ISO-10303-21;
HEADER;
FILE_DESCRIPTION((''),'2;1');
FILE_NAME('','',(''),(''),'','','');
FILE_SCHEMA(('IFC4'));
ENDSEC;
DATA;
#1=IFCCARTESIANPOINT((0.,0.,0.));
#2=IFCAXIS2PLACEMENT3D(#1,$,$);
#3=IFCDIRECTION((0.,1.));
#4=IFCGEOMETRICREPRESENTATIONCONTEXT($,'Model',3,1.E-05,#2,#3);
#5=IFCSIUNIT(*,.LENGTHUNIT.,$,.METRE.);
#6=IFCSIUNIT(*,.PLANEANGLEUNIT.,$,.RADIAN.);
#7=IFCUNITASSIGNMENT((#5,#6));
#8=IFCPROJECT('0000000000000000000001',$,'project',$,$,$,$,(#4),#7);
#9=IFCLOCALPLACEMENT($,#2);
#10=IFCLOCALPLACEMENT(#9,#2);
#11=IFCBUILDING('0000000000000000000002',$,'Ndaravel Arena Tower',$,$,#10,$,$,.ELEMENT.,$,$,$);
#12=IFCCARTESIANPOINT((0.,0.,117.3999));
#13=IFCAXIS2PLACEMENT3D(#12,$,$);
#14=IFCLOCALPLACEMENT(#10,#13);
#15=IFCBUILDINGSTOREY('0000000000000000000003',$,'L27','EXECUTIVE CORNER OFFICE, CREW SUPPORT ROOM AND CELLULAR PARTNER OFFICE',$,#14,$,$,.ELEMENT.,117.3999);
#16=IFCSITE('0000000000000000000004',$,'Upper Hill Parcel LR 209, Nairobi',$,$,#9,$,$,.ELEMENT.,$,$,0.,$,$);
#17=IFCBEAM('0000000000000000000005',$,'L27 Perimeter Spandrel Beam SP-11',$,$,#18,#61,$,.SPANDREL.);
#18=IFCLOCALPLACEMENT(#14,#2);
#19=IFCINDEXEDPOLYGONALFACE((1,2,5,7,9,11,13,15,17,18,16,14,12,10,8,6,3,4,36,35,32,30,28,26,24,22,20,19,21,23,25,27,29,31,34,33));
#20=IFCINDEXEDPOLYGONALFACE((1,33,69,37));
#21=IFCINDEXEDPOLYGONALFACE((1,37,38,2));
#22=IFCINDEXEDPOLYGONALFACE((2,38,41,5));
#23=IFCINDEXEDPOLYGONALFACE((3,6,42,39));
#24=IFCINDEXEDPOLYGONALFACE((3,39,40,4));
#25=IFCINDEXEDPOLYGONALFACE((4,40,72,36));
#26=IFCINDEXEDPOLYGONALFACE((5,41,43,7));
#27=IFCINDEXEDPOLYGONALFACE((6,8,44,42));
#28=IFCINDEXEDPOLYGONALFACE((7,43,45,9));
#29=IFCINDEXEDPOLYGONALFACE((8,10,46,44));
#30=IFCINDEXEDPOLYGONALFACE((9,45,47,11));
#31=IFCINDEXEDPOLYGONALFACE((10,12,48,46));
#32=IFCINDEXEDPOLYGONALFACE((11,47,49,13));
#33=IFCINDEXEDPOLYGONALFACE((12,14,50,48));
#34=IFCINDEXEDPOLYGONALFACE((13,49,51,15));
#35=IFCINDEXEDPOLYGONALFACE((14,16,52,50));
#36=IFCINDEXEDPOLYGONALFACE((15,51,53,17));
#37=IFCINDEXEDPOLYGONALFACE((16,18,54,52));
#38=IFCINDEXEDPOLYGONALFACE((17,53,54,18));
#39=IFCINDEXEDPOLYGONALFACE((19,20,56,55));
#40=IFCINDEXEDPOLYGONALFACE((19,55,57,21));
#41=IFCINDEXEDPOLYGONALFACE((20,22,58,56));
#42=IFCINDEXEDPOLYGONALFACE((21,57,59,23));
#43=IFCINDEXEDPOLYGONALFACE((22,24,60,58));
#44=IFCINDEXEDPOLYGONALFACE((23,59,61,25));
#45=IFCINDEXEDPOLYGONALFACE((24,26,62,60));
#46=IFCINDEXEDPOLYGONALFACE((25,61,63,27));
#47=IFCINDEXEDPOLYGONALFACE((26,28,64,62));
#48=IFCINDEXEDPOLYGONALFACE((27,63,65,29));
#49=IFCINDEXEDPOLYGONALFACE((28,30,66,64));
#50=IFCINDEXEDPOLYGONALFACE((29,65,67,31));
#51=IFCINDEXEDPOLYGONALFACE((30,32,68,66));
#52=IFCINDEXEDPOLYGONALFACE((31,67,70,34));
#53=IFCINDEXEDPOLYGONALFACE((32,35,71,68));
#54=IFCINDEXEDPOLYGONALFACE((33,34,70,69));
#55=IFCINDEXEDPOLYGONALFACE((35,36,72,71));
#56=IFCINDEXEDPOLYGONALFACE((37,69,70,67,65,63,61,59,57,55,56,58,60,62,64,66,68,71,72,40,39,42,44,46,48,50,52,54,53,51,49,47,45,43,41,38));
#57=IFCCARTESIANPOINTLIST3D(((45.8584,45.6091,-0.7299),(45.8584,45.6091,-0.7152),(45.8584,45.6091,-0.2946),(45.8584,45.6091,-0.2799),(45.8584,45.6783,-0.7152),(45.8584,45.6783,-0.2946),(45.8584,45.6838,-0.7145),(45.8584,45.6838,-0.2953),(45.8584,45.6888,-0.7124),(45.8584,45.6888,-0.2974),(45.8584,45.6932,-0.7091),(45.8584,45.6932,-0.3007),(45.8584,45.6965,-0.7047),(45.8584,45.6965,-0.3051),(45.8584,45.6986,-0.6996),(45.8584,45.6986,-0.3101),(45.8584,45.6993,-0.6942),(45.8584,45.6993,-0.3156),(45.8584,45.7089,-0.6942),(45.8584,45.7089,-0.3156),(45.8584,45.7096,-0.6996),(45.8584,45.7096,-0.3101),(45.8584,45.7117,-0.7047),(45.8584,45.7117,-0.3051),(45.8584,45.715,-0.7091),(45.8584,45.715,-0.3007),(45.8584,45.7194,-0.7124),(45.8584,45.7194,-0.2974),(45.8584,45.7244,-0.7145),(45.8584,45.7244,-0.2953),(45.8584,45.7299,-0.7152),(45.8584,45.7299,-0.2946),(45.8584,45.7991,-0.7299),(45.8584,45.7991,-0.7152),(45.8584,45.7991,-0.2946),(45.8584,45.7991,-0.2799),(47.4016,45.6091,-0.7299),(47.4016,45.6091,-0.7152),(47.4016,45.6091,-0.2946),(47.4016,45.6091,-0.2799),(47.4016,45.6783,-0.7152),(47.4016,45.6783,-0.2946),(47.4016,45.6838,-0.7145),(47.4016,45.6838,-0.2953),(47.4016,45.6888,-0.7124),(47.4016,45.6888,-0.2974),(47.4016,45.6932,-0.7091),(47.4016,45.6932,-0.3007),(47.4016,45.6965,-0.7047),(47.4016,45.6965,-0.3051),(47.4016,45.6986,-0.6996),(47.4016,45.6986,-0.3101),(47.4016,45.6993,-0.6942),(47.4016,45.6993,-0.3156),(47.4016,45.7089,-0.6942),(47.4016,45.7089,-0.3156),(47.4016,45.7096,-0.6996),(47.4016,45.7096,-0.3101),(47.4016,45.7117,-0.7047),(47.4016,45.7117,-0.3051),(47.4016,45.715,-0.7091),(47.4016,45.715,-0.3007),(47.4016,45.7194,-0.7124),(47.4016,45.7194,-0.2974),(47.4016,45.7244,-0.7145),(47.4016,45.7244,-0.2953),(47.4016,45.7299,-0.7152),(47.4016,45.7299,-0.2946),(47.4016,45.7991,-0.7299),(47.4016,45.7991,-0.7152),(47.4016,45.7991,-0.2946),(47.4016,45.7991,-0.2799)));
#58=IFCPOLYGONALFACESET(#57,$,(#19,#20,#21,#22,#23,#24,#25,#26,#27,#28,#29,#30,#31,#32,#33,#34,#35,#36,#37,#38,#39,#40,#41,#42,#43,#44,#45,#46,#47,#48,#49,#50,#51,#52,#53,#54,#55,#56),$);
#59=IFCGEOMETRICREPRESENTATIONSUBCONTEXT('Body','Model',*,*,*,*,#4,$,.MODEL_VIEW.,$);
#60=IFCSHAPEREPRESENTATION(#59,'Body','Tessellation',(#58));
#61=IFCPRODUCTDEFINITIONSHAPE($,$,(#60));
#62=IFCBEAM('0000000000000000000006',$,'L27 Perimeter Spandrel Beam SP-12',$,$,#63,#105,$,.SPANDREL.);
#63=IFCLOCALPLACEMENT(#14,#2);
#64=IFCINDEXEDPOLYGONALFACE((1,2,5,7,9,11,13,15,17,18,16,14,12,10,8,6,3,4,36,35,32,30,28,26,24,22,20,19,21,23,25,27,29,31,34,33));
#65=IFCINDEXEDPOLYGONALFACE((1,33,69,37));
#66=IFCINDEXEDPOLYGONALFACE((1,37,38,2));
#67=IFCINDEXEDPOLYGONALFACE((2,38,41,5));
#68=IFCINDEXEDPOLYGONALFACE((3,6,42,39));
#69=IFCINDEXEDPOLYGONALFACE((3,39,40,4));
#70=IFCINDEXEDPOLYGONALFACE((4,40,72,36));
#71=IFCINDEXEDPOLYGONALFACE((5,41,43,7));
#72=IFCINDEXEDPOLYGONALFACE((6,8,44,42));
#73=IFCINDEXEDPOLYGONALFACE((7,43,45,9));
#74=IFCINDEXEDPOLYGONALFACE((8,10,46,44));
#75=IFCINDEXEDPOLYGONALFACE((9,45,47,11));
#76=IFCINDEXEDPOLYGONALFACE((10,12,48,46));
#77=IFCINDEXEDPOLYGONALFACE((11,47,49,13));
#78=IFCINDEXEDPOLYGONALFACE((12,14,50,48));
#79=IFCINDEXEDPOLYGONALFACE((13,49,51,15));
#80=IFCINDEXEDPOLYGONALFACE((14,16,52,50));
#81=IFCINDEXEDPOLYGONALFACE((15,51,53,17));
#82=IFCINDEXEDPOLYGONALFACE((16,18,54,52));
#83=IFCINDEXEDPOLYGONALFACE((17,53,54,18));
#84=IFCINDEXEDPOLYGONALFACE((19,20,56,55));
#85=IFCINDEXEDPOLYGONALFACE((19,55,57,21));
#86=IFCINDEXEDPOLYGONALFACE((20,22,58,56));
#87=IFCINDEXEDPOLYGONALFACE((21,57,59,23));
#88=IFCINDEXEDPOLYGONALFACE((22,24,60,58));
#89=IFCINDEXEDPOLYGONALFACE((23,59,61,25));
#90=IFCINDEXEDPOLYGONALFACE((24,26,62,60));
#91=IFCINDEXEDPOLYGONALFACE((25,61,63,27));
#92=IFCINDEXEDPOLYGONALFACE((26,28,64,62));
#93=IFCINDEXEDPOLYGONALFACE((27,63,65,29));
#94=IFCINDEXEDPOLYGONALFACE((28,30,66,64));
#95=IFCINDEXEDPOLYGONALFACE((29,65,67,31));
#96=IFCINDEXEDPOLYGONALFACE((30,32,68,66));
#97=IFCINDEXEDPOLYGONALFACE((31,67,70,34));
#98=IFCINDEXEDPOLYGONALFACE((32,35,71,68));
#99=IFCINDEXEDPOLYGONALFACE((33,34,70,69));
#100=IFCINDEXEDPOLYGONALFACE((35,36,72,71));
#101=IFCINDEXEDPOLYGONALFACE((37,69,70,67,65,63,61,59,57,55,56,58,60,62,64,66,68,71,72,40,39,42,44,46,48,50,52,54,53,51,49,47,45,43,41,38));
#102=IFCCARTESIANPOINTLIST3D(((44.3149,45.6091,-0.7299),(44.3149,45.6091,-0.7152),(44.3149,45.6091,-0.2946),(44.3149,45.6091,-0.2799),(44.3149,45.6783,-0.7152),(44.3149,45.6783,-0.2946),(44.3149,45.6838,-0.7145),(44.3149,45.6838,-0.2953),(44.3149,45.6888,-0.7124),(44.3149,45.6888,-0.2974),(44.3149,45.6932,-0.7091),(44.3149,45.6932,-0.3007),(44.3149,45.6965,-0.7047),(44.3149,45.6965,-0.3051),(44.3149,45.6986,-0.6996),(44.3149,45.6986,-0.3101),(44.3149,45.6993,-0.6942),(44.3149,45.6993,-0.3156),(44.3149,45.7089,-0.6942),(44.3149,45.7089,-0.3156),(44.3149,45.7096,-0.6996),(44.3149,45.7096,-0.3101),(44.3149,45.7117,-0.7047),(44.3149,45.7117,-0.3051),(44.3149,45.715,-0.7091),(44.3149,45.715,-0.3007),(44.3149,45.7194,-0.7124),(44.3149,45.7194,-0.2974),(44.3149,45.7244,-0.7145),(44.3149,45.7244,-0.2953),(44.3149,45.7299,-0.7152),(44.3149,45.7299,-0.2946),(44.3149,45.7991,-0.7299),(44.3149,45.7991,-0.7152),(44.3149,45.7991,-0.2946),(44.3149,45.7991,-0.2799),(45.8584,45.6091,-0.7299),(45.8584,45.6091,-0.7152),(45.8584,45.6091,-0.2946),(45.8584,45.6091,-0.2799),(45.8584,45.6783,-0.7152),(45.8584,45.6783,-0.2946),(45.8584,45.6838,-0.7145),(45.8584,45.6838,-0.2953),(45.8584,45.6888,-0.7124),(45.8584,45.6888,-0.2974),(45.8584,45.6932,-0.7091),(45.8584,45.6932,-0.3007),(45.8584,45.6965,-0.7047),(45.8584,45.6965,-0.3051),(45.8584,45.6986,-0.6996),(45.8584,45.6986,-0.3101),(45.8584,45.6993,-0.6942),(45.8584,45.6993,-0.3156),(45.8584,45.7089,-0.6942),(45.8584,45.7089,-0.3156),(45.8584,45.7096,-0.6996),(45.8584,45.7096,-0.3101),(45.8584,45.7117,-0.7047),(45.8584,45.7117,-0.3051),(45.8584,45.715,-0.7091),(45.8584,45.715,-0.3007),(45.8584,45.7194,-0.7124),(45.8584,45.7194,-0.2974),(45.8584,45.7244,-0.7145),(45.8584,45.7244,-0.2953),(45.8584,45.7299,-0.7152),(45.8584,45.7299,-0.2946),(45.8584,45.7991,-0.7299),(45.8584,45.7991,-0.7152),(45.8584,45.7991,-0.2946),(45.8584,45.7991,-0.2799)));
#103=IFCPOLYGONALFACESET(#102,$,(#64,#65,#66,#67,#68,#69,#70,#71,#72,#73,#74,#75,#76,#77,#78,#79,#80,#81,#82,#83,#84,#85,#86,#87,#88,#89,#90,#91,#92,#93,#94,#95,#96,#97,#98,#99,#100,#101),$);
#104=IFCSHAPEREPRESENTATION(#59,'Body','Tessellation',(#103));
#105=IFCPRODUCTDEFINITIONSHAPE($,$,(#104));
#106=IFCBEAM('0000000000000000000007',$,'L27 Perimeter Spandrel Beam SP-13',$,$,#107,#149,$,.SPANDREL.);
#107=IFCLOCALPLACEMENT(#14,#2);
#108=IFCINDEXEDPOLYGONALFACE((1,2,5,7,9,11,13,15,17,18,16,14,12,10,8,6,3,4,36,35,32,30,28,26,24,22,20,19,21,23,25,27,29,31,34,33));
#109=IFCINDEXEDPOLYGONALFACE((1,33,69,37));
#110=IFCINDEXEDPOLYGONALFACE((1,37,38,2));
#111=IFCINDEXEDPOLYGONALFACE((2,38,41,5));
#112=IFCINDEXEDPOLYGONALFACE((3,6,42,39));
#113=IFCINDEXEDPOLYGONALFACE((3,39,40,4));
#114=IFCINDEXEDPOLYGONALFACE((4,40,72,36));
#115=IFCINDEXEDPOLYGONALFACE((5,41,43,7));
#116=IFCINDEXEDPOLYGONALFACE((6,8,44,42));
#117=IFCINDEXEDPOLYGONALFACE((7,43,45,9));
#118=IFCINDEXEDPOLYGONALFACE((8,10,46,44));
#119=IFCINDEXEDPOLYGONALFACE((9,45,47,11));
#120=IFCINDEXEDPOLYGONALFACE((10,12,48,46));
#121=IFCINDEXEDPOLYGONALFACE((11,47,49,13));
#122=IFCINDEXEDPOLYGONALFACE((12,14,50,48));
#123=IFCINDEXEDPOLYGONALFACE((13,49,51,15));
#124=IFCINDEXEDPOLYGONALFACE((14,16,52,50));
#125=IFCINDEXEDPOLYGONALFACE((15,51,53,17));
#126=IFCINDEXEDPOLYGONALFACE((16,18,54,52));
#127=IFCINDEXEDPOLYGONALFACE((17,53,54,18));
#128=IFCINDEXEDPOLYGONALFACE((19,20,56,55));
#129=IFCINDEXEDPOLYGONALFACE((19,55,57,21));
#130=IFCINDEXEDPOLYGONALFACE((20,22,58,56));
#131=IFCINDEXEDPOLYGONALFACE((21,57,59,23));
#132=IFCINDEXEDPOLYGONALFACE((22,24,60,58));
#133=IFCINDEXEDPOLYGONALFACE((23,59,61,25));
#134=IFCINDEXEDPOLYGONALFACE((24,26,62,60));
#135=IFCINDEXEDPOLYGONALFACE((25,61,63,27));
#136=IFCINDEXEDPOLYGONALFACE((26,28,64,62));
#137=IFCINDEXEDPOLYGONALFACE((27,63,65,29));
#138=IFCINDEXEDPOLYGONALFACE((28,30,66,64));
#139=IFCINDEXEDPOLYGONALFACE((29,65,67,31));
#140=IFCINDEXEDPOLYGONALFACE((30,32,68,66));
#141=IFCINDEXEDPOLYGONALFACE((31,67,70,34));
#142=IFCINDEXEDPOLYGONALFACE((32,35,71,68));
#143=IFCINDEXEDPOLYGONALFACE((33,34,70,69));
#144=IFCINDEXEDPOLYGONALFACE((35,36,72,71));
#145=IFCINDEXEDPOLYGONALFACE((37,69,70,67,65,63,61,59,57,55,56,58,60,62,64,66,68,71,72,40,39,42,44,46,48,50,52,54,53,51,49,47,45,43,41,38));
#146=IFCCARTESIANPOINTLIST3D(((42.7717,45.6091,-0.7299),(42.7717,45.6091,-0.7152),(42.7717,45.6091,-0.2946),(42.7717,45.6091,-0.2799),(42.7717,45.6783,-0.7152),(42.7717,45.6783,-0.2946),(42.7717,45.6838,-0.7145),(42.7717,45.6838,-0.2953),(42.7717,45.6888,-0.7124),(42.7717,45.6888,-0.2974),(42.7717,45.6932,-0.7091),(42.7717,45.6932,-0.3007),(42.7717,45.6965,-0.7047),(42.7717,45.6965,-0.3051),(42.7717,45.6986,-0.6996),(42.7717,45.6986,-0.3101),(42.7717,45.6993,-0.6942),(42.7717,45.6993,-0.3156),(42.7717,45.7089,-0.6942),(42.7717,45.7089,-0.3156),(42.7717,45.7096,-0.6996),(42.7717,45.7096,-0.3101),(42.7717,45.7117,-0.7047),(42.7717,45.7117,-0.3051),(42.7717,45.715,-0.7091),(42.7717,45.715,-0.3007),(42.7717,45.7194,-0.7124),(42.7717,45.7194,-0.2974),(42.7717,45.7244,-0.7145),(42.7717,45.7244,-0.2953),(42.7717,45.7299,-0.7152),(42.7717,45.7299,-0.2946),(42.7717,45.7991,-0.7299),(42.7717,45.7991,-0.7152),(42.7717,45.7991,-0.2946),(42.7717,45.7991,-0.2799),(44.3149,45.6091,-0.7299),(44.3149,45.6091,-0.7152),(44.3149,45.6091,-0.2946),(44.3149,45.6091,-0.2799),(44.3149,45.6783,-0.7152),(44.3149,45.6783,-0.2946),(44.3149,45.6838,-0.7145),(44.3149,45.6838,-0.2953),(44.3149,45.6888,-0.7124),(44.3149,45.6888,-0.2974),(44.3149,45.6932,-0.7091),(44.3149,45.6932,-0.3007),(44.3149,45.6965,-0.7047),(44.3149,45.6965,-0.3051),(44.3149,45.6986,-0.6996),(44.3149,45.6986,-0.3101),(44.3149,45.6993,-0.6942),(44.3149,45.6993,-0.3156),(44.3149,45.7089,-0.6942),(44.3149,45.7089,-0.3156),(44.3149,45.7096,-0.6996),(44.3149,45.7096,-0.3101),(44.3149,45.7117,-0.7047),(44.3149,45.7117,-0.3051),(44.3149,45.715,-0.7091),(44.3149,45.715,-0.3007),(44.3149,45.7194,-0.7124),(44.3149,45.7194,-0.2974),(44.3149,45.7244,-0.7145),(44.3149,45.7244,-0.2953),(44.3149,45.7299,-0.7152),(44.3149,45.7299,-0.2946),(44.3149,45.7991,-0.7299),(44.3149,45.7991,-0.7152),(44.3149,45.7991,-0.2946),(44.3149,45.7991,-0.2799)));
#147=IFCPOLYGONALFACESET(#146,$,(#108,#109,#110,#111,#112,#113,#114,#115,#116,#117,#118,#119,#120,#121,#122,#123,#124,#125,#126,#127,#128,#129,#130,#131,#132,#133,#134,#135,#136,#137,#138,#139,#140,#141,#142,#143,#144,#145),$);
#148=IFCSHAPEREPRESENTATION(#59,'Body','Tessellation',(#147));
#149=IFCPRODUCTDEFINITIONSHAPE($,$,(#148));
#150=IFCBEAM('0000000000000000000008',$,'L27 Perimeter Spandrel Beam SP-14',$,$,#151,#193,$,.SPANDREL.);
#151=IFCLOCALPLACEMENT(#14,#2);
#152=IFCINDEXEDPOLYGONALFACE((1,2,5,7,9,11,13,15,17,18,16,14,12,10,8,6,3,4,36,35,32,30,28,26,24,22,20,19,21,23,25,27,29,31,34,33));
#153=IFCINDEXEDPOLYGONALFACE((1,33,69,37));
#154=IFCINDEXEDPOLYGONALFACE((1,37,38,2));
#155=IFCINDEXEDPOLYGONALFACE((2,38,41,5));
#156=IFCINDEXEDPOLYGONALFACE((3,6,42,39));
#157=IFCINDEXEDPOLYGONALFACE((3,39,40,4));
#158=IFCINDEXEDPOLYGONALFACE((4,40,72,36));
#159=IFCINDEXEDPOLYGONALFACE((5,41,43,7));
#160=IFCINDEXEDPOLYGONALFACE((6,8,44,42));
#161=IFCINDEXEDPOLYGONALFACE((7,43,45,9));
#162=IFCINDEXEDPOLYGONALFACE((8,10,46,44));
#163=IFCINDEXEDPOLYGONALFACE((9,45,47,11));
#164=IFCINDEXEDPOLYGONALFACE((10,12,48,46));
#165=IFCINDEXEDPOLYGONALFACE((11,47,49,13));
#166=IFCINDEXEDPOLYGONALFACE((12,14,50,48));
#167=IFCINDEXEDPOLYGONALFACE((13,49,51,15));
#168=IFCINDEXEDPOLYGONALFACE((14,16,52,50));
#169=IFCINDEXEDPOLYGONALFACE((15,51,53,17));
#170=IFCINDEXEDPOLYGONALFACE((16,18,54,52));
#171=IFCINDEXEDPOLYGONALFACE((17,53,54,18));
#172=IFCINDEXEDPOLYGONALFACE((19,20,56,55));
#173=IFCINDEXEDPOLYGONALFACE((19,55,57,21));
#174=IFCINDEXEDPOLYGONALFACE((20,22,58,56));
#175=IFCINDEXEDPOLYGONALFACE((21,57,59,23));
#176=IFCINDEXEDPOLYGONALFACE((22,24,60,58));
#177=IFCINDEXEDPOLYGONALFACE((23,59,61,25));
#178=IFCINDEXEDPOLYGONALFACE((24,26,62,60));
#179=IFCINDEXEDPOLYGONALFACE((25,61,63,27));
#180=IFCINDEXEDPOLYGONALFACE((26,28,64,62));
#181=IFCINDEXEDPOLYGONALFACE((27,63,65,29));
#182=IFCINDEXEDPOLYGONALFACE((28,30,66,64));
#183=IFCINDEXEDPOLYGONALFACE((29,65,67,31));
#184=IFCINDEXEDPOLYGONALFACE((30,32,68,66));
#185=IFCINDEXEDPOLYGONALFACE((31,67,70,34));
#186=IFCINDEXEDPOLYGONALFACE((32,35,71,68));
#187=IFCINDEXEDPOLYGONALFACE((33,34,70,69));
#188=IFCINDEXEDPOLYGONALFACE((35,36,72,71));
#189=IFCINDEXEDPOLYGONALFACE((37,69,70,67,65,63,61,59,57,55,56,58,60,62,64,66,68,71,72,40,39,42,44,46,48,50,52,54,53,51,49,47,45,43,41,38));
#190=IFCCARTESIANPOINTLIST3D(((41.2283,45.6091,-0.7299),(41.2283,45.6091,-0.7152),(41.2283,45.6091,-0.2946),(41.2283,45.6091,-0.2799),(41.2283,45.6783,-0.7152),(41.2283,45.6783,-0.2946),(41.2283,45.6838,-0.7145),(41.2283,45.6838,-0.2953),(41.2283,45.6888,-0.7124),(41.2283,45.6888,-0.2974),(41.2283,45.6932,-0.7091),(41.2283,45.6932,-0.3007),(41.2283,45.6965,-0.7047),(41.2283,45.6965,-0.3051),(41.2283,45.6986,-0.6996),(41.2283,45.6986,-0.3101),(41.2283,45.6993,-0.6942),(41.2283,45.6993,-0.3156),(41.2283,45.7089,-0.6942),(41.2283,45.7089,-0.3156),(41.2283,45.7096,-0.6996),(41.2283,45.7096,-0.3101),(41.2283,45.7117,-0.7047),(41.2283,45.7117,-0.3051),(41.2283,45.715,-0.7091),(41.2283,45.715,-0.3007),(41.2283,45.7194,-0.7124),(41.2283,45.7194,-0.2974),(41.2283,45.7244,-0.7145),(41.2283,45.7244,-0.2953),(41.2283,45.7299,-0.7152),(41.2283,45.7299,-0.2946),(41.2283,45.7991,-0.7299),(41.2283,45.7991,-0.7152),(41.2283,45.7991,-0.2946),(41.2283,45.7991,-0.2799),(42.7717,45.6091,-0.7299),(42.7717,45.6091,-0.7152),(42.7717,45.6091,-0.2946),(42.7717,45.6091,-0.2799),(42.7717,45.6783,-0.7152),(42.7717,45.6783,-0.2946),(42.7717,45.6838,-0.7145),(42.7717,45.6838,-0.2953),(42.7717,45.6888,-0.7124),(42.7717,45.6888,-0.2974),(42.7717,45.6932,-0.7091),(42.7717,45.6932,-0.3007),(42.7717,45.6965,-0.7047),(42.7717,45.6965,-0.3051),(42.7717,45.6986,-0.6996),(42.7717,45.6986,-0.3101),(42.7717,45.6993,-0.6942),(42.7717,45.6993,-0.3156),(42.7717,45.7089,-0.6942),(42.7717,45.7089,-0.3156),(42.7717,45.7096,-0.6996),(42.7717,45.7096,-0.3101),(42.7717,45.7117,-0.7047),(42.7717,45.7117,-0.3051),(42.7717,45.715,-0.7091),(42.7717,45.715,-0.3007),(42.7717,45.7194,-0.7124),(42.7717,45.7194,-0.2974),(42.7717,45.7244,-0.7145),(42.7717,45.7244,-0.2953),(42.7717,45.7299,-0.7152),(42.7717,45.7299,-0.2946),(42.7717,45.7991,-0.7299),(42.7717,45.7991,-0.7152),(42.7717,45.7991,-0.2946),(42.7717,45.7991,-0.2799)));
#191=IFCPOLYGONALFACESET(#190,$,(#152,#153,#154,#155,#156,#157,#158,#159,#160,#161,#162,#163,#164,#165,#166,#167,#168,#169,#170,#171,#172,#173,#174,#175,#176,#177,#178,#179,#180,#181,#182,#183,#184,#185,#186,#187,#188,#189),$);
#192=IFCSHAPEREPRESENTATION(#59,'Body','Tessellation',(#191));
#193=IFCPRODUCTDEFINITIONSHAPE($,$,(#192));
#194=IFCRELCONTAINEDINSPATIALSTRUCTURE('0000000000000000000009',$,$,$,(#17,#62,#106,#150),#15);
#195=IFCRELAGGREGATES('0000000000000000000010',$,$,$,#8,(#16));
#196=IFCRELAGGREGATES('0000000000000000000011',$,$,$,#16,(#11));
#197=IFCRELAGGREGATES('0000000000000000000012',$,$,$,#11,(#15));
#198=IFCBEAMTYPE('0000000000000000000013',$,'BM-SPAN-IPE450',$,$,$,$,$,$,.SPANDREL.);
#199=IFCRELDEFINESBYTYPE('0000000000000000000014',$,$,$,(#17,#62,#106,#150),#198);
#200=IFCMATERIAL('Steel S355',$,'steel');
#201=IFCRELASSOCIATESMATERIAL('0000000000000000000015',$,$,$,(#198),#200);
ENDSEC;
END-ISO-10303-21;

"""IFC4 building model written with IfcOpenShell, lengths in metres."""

from ifc_helpers import new_model, si_unit, direction, frame, origin, origin_2d, place, context, subcontext, project, spatial, i_section, extrude, material, material_profile, profile_set, type_object, element, save


model = new_model("IFC4")

# Units and contexts
model_context = context("Model", 3, precision=1e-05, world=origin(), true_north=direction((0.0, 1.0)))
body_context = subcontext(model_context, "Body", "Model", "MODEL_VIEW")
ifc_project = project(units=[si_unit("LENGTHUNIT", "METRE"), si_unit("PLANEANGLEUNIT", "RADIAN")], contexts=[model_context])

# Site, building, storey
site_placement = place(None, origin())
site = spatial("IfcSite", under=ifc_project, at=site_placement, Name="Upper Hill Parcel LR 209, Nairobi", CompositionType="ELEMENT", RefElevation=0.0)
building_placement = place(site_placement, origin())
building = spatial("IfcBuilding", under=site, at=building_placement, Name="Ndaravel Arena Tower", CompositionType="ELEMENT")
storey_placement = place(building_placement, frame((0.0, 0.0, 117.3999)))
storey = spatial("IfcBuildingStorey", under=building, at=storey_placement, Name="L27", Description="EXECUTIVE CORNER OFFICE, CREW SUPPORT ROOM AND CELLULAR PARTNER OFFICE", CompositionType="ELEMENT", Elevation=117.3999)

# Beams
ifc_material_1 = material(Name="Steel S355", Category="steel")
ifc_material_profile_1 = material_profile(ifc_material_1, i_section(OverallWidth=0.1899, OverallDepth=0.45, WebThickness=0.0095, FlangeThickness=0.0146, FilletRadius=0.021, at=origin_2d()), Name="IPE 450")
ifc_profile_set_1 = profile_set([ifc_material_profile_1], Name="Steel S355")
beam_type_1 = type_object("IfcBeamType", Name="BM-SPAN-IPE450", PredefinedType="SPANDREL", material=ifc_profile_set_1)
beam_1_placement = place(storey_placement, frame((47.4016, 45.7041, -0.5049), z_axis=(-1.0, 0.0, 0.0), x_axis=(0.0, -1.0, 0.0)))
element("IfcBeam", 1, at=beam_1_placement, inside=storey, type_object=beam_type_1, Name="L27 Perimeter Spandrel Beam SP-11", PredefinedType="SPANDREL", context=body_context, shape_type="SweptSolid", body=[
    extrude(i_section(OverallWidth=0.1899, OverallDepth=0.45, WebThickness=0.0095, FlangeThickness=0.0146, FilletRadius=0.021, at=origin_2d()), origin(), (0.0, 0.0, 1.0), 1.5432),
])
beam_2_placement = place(storey_placement, frame((45.8584, 45.7041, -0.5049), z_axis=(-1.0, 0.0, 0.0), x_axis=(0.0, -1.0, 0.0)))
element("IfcBeam", 2, at=beam_2_placement, inside=storey, type_object=beam_type_1, Name="L27 Perimeter Spandrel Beam SP-12", PredefinedType="SPANDREL", context=body_context, shape_type="SweptSolid", body=[
    extrude(i_section(OverallWidth=0.1899, OverallDepth=0.45, WebThickness=0.0095, FlangeThickness=0.0146, FilletRadius=0.021, at=origin_2d()), origin(), (0.0, 0.0, 1.0), 1.5435),
])
beam_3_placement = place(storey_placement, frame((44.3149, 45.7041, -0.5049), z_axis=(-1.0, 0.0, 0.0), x_axis=(0.0, -1.0, 0.0)))
element("IfcBeam", 3, at=beam_3_placement, inside=storey, type_object=beam_type_1, Name="L27 Perimeter Spandrel Beam SP-13", PredefinedType="SPANDREL", context=body_context, shape_type="SweptSolid", body=[
    extrude(i_section(OverallWidth=0.1899, OverallDepth=0.45, WebThickness=0.0095, FlangeThickness=0.0146, FilletRadius=0.021, at=origin_2d()), origin(), (0.0, 0.0, 1.0), 1.5432),
])
beam_4_placement = place(storey_placement, frame((42.7717, 45.7041, -0.5049), z_axis=(-1.0, 0.0, 0.0), x_axis=(0.0, -1.0, 0.0)))
element("IfcBeam", 4, at=beam_4_placement, inside=storey, type_object=beam_type_1, Name="L27 Perimeter Spandrel Beam SP-14", PredefinedType="SPANDREL", context=body_context, shape_type="SweptSolid", body=[
    extrude(i_section(OverallWidth=0.1899, OverallDepth=0.45, WebThickness=0.0095, FlangeThickness=0.0146, FilletRadius=0.021, at=origin_2d()), origin(), (0.0, 0.0, 1.0), 1.5435),
])

save(model, "model.ifc")
